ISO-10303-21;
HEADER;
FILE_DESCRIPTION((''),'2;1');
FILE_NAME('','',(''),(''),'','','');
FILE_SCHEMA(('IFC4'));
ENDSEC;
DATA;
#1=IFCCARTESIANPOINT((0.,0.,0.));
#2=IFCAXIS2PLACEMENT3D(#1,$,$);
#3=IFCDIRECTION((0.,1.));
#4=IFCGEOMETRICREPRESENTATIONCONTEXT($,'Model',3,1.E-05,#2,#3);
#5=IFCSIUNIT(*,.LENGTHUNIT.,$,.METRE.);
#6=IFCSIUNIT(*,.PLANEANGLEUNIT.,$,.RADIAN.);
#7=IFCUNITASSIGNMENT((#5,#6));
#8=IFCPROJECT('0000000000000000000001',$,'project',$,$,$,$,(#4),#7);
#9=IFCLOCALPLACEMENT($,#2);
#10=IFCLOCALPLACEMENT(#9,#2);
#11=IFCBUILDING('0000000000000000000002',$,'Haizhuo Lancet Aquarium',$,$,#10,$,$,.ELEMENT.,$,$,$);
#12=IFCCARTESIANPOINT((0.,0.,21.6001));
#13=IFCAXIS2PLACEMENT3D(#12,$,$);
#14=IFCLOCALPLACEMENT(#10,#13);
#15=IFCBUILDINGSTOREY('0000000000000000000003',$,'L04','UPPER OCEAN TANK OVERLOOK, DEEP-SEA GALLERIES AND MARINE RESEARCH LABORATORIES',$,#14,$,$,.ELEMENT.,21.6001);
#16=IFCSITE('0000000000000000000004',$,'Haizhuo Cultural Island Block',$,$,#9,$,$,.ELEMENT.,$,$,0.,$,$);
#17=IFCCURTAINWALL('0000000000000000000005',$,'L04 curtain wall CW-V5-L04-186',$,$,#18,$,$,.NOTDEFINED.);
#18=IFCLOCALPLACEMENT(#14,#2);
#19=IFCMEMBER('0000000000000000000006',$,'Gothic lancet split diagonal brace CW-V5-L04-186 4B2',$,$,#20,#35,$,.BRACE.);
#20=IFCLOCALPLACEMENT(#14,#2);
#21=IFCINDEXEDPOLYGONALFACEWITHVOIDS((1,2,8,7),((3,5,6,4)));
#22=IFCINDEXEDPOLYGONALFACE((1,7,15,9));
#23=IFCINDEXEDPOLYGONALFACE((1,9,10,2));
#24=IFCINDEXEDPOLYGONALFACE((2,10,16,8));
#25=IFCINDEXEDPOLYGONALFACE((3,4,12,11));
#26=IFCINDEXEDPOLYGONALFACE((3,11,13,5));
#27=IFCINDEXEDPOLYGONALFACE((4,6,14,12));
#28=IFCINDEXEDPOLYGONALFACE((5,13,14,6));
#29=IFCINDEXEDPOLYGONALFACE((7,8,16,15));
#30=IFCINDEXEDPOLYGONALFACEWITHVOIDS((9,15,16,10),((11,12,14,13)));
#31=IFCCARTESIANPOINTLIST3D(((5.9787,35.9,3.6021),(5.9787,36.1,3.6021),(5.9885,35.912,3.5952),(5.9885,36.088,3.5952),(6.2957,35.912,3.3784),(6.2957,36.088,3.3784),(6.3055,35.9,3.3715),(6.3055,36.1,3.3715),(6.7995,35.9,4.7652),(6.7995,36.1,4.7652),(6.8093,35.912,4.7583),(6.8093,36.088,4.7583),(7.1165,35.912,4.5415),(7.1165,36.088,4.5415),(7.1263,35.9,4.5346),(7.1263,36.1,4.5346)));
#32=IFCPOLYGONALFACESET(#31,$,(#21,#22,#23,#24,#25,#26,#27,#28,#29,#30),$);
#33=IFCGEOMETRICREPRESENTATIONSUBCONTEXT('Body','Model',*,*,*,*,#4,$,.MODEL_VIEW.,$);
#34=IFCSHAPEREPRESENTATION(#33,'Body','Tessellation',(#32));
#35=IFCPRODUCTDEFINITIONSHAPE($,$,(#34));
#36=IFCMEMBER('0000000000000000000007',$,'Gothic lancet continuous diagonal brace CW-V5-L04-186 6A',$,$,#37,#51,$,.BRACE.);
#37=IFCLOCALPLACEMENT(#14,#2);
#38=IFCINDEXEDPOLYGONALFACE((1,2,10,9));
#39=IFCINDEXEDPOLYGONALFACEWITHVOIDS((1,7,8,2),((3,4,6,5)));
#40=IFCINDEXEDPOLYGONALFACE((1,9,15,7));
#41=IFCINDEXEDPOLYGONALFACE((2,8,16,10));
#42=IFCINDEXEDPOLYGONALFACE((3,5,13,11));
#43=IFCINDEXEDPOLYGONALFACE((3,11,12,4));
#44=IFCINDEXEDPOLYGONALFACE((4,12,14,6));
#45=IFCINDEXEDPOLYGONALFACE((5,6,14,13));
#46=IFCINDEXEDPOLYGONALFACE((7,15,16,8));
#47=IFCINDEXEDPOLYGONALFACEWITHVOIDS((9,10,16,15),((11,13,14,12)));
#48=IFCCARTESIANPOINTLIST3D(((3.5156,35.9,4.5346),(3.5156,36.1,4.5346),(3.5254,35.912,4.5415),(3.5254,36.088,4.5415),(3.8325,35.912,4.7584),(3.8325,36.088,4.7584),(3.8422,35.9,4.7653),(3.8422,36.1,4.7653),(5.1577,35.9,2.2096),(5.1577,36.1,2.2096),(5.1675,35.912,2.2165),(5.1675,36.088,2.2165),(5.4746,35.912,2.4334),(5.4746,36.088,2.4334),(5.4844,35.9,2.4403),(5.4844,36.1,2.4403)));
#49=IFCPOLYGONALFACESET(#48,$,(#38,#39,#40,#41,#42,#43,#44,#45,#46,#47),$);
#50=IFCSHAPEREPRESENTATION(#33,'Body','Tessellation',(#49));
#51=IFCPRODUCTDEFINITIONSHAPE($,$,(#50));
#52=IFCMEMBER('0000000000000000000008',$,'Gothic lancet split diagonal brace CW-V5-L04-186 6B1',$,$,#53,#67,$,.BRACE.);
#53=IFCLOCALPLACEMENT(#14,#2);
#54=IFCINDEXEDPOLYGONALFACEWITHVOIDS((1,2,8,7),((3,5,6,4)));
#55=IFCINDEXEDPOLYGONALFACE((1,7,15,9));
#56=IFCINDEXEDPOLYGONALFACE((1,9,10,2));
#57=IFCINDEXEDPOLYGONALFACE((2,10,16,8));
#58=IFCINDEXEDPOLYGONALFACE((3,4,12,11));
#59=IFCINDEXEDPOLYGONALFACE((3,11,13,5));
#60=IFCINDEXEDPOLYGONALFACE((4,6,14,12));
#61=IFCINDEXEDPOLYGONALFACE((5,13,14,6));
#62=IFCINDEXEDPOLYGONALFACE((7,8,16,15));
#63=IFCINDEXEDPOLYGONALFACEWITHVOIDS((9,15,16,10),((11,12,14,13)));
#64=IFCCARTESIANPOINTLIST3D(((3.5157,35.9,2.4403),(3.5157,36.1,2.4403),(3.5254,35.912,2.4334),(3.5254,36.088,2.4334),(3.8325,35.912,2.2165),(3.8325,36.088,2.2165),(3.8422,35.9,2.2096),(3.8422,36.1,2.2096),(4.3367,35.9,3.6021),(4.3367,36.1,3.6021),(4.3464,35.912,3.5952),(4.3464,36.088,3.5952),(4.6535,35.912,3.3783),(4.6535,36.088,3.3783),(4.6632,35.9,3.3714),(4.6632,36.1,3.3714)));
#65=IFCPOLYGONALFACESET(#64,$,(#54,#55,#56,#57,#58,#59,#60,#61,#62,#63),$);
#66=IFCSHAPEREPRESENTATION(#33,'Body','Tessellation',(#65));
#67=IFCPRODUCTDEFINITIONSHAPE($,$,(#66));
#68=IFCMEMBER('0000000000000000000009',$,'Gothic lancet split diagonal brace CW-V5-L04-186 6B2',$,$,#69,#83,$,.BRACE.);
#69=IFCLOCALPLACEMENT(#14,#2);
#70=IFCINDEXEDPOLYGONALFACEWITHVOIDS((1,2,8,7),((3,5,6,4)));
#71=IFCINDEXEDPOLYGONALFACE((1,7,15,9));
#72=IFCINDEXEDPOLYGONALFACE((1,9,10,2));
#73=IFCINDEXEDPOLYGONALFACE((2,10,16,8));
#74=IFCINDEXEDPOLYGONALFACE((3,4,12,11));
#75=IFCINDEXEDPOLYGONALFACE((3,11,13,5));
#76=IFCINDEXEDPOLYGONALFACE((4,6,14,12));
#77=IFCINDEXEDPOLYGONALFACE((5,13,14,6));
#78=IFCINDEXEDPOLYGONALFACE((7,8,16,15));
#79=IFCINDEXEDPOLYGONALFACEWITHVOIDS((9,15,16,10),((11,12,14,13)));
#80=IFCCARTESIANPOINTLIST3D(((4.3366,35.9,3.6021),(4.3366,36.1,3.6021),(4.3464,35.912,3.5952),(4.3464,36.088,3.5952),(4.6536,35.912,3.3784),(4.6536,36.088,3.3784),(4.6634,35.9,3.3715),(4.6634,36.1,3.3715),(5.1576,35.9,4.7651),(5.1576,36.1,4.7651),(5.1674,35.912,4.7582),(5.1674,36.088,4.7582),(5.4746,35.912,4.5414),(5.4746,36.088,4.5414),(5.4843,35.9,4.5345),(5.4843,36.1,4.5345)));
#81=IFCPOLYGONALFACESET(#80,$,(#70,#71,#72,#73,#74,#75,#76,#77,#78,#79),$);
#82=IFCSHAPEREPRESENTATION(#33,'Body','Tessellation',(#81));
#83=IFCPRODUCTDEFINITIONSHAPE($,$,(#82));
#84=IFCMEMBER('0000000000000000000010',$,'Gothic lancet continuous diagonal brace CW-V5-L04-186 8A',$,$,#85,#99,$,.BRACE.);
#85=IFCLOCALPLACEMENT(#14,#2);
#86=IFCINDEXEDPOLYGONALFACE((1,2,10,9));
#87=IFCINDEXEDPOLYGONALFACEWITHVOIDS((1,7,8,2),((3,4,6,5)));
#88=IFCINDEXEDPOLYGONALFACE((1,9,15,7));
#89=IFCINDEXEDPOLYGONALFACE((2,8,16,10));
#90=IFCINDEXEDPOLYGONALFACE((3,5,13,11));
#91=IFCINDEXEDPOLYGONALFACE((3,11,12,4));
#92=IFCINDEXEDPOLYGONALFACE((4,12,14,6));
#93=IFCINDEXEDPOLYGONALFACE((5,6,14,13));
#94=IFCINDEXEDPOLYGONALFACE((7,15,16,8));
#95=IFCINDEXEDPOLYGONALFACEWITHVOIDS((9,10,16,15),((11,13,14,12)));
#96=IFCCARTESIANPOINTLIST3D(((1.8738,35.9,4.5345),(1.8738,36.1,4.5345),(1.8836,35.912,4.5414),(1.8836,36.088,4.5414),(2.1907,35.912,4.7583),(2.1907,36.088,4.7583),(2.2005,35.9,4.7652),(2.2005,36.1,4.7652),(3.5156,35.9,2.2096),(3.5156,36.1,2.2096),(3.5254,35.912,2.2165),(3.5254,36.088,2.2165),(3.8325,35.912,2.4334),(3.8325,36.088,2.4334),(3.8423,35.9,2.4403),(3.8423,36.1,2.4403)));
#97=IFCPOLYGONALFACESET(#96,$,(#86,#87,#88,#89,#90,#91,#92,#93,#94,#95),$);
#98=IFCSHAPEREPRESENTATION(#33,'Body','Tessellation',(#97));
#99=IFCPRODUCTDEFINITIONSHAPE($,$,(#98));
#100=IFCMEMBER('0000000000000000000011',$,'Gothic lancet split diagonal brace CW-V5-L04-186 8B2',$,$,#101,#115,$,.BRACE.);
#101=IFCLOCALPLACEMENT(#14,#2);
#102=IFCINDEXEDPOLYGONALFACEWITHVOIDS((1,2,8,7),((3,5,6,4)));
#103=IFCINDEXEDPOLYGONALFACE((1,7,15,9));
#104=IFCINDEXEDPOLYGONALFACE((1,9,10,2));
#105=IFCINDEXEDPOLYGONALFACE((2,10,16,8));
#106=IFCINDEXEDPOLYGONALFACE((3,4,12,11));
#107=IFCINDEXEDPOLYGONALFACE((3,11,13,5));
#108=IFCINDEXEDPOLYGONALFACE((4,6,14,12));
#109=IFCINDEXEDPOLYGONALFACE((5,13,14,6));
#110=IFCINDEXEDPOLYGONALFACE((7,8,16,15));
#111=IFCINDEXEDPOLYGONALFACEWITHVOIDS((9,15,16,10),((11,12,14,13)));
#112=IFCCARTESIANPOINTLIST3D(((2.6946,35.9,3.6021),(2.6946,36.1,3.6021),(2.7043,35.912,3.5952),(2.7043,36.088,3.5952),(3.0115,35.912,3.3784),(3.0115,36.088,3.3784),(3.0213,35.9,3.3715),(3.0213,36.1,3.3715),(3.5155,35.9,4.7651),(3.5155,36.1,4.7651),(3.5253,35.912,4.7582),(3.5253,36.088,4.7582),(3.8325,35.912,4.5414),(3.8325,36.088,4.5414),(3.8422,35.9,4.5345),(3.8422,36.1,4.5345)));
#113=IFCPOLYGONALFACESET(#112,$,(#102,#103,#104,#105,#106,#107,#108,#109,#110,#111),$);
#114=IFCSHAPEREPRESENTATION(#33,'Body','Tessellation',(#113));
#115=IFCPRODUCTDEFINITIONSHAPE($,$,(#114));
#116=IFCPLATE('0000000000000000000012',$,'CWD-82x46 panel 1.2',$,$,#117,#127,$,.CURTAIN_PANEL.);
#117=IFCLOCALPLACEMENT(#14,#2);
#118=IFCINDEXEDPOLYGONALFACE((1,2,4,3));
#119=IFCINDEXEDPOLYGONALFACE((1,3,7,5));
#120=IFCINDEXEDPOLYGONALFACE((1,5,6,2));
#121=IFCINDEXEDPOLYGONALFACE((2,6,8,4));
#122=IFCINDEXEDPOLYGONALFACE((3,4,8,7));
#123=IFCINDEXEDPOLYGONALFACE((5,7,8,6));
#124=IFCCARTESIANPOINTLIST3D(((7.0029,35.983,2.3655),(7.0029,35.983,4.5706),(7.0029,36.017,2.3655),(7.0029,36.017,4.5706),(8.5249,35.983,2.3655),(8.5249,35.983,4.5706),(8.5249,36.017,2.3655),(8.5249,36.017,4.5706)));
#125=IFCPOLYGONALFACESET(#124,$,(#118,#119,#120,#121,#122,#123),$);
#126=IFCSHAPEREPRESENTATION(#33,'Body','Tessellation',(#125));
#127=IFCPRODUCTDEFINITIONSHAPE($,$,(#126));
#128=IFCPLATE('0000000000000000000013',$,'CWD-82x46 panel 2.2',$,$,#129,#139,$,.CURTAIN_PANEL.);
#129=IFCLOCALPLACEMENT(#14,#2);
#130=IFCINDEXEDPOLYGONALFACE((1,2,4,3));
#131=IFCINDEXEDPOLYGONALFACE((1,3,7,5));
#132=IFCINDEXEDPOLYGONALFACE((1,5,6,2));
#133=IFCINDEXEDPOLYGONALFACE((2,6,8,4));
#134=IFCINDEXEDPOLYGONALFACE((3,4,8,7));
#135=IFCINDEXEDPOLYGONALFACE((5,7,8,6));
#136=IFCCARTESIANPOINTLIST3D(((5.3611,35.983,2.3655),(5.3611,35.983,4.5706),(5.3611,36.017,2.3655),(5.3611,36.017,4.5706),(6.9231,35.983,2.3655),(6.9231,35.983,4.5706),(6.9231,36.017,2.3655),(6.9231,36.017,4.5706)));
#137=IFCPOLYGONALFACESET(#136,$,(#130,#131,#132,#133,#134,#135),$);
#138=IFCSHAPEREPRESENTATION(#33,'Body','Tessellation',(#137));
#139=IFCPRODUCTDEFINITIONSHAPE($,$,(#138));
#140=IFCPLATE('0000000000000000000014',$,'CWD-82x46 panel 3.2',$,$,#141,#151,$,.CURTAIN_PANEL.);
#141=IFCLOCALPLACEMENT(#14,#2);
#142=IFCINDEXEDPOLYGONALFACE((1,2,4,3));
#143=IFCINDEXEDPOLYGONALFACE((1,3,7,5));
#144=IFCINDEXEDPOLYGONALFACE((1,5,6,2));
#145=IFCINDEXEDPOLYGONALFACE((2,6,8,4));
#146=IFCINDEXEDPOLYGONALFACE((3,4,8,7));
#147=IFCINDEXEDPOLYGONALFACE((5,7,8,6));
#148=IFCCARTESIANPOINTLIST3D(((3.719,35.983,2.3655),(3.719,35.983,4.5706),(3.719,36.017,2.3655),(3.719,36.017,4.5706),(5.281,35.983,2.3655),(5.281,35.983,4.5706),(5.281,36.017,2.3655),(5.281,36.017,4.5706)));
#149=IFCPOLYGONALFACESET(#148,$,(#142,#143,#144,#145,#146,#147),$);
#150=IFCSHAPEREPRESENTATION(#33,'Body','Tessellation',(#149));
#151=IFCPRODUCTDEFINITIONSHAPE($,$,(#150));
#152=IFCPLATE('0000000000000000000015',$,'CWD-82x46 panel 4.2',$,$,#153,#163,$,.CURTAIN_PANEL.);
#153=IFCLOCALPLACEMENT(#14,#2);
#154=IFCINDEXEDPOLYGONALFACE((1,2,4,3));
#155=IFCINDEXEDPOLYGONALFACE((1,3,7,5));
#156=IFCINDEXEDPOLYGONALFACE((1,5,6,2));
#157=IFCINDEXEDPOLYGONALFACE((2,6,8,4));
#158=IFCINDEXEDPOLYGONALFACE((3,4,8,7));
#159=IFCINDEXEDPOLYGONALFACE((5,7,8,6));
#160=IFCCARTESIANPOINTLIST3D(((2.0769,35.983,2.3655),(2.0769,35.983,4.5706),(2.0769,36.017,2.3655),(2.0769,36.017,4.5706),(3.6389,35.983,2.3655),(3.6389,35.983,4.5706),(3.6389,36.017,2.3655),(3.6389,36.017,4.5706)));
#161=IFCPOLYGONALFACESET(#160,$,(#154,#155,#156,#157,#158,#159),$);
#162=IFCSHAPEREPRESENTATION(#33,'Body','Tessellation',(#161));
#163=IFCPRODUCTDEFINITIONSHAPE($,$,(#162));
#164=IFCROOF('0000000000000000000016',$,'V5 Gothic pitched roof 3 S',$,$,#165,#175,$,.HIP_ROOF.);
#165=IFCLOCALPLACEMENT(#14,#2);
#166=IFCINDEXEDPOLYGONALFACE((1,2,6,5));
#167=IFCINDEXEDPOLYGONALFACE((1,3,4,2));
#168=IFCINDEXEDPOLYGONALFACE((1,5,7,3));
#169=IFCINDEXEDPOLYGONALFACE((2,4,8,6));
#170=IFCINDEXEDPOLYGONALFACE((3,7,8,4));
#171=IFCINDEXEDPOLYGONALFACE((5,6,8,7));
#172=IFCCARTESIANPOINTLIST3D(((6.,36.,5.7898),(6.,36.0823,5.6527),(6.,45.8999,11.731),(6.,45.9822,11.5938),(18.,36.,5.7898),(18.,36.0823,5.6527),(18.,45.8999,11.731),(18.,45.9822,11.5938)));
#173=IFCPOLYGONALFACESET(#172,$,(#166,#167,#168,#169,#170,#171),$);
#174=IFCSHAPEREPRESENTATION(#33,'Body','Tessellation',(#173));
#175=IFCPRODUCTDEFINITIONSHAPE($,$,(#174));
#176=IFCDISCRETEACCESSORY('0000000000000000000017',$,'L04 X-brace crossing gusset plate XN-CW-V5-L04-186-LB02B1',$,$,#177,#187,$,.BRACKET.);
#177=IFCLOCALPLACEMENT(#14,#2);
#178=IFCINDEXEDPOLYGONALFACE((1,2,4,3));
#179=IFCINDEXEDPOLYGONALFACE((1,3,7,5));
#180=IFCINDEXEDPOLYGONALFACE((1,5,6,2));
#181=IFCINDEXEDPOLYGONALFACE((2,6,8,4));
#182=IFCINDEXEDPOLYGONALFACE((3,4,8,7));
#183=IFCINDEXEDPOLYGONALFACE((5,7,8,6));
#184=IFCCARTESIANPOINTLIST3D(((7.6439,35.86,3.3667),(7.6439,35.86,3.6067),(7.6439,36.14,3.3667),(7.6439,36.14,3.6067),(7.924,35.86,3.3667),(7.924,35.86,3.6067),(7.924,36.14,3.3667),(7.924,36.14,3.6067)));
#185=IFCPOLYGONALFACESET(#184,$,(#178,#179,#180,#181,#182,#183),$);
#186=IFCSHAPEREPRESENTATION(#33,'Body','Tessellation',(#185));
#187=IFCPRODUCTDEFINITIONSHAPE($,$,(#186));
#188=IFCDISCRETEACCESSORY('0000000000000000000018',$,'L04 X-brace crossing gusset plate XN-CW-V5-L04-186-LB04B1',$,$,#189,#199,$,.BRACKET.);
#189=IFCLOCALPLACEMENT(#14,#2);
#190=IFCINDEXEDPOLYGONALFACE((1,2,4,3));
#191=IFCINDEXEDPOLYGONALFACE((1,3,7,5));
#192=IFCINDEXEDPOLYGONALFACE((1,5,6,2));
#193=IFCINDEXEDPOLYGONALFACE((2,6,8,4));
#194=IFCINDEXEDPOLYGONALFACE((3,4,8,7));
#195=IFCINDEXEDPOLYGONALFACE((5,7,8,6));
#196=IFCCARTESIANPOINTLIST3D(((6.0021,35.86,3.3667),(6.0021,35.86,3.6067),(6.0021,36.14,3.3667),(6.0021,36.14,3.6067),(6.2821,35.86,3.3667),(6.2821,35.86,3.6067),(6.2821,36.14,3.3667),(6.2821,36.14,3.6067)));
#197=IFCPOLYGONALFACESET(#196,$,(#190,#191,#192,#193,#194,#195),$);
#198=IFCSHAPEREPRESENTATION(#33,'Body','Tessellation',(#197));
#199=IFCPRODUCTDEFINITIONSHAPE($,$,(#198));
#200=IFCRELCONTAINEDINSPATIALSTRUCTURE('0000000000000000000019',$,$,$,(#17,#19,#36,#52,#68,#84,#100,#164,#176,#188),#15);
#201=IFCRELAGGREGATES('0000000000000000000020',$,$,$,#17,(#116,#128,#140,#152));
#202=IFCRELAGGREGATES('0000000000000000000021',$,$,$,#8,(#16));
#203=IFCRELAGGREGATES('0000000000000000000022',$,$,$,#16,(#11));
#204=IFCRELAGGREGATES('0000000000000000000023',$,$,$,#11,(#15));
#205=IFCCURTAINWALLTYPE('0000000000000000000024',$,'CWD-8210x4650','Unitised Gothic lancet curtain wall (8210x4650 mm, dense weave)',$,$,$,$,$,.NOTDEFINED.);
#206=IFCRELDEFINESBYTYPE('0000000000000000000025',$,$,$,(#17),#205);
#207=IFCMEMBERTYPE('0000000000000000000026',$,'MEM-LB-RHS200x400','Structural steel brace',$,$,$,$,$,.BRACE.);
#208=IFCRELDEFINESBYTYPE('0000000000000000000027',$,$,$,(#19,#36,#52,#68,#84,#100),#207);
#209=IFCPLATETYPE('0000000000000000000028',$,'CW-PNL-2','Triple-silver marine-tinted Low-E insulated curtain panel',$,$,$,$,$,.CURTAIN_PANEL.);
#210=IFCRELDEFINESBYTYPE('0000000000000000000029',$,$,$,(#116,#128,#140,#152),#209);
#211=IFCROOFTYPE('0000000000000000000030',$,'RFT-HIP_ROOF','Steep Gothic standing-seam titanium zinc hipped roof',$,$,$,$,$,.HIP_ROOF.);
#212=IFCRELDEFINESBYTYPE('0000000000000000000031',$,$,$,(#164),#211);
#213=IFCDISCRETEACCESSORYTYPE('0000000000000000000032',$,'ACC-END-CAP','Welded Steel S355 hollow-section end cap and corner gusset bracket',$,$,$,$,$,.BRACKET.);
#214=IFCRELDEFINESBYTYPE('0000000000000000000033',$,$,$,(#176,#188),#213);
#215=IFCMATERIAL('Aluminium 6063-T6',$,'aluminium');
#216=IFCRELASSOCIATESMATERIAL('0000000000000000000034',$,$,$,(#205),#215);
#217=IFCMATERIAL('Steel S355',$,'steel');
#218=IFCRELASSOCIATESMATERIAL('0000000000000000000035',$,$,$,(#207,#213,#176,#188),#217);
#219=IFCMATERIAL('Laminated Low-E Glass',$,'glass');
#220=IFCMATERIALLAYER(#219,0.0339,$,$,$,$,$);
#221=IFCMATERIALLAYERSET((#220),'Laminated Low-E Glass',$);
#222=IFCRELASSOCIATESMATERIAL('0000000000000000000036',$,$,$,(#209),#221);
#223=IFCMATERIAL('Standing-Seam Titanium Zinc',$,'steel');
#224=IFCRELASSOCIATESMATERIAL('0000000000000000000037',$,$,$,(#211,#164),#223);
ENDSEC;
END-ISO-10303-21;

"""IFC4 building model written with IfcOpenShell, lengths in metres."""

from ifc_helpers import new_model, si_unit, direction, frame, origin, origin_2d, place, context, subcontext, project, spatial, polyline, rectangle, hollow_rectangle, outline, extrude, material, layer, layer_set, material_profile, profile_set, type_object, element, aggregate, save


model = new_model("IFC4")

# Units and contexts
model_context = context("Model", 3, precision=1e-05, world=origin(), true_north=direction((0.0, 1.0)))
body_context = subcontext(model_context, "Body", "Model", "MODEL_VIEW")
ifc_project = project(units=[si_unit("LENGTHUNIT", "METRE"), si_unit("PLANEANGLEUNIT", "RADIAN")], contexts=[model_context])

# Site, building, storey
site_placement = place(None, origin())
site = spatial("IfcSite", under=ifc_project, at=site_placement, Name="Haizhuo Cultural Island Block", CompositionType="ELEMENT", RefElevation=0.0)
building_placement = place(site_placement, origin())
building = spatial("IfcBuilding", under=site, at=building_placement, Name="Haizhuo Lancet Aquarium", CompositionType="ELEMENT")
storey_placement = place(building_placement, frame((0.0, 0.0, 21.6001)))
storey = spatial("IfcBuildingStorey", under=building, at=storey_placement, Name="L04", Description="UPPER OCEAN TANK OVERLOOK, DEEP-SEA GALLERIES AND MARINE RESEARCH LABORATORIES", CompositionType="ELEMENT", Elevation=21.6001)

# Curtain wall
ifc_material_1 = material(Name="Aluminium 6063-T6", Category="aluminium")
curtain_wall_type = type_object("IfcCurtainWallType", Name="CWD-8210x4650", Description="Unitised Gothic lancet curtain wall (8210x4650 mm, dense weave)", PredefinedType="NOTDEFINED", material=ifc_material_1)
curtain_wall_placement = place(storey_placement, origin())
curtain_wall = element("IfcCurtainWall", 1, at=curtain_wall_placement, inside=storey, type_object=curtain_wall_type, Name="L04 curtain wall CW-V5-L04-186", PredefinedType="NOTDEFINED")

# Members
ifc_material_2 = material(Name="Steel S355", Category="steel")
ifc_material_profile_1 = material_profile(ifc_material_2, hollow_rectangle(XDim=0.2, YDim=0.3999, WallThickness=0.012, at=origin_2d()), Name="RHS 200x400x12")
ifc_profile_set_1 = profile_set([ifc_material_profile_1], Name="Steel S355")
member_type_1 = type_object("IfcMemberType", Name="MEM-LB-RHS200x400", Description="Structural steel brace", PredefinedType="BRACE", material=ifc_profile_set_1)
member_1_placement = place(storey_placement, frame((6.1421, 36.0, 3.4868), z_axis=(0.576589, 0.0, 0.817034), x_axis=(0.0, 1.0, 0.0)))
element("IfcMember", 2, at=member_1_placement, inside=storey, type_object=member_type_1, Name="Gothic lancet split diagonal brace CW-V5-L04-186 4B2", PredefinedType="BRACE", context=body_context, shape_type="SweptSolid", body=[
    extrude(hollow_rectangle(XDim=0.2, YDim=0.3999, WallThickness=0.012, at=origin_2d()), origin(), (0.0, 0.0, 1.0), 1.4236),
])
member_2_placement = place(storey_placement, frame((5.321, 36.0, 2.325), z_axis=(-0.576905, 0.0, 0.816811), x_axis=(0.0, -1.0, 0.0)))
element("IfcMember", 3, at=member_2_placement, inside=storey, type_object=member_type_1, Name="Gothic lancet continuous diagonal brace CW-V5-L04-186 6A", PredefinedType="BRACE", context=body_context, shape_type="SweptSolid", body=[
    extrude(hollow_rectangle(XDim=0.2, YDim=0.3999, WallThickness=0.012, at=origin_2d()), origin(), (0.0, 0.0, 1.0), 2.8464),
])
member_3_placement = place(storey_placement, frame((3.679, 36.0, 2.325), z_axis=(0.577108, 0.0, 0.816668), x_axis=(0.0, 1.0, 0.0)))
element("IfcMember", 4, at=member_3_placement, inside=storey, type_object=member_type_1, Name="Gothic lancet split diagonal brace CW-V5-L04-186 6B1", PredefinedType="BRACE", context=body_context, shape_type="SweptSolid", body=[
    extrude(hollow_rectangle(XDim=0.2, YDim=0.3999, WallThickness=0.012, at=origin_2d()), origin(), (0.0, 0.0, 1.0), 1.4226),
])
member_4_placement = place(storey_placement, frame((4.5, 36.0, 3.4868), z_axis=(0.576703, 0.0, 0.816954), x_axis=(0.0, 1.0, 0.0)))
element("IfcMember", 5, at=member_4_placement, inside=storey, type_object=member_type_1, Name="Gothic lancet split diagonal brace CW-V5-L04-186 6B2", PredefinedType="BRACE", context=body_context, shape_type="SweptSolid", body=[
    extrude(hollow_rectangle(XDim=0.2, YDim=0.3999, WallThickness=0.012, at=origin_2d()), origin(), (0.0, 0.0, 1.0), 1.4236),
])
member_5_placement = place(storey_placement, frame((3.679, 36.0, 2.325), z_axis=(-0.576848, 0.0, 0.816851), x_axis=(0.0, -1.0, 0.0)))
element("IfcMember", 6, at=member_5_placement, inside=storey, type_object=member_type_1, Name="Gothic lancet continuous diagonal brace CW-V5-L04-186 8A", PredefinedType="BRACE", context=body_context, shape_type="SweptSolid", body=[
    extrude(hollow_rectangle(XDim=0.2, YDim=0.3999, WallThickness=0.012, at=origin_2d()), origin(), (0.0, 0.0, 1.0), 2.8462),
])
member_6_placement = place(storey_placement, frame((2.8579, 36.0, 3.4868), z_axis=(0.576703, 0.0, 0.816954), x_axis=(0.0, 1.0, 0.0)))
element("IfcMember", 7, at=member_6_placement, inside=storey, type_object=member_type_1, Name="Gothic lancet split diagonal brace CW-V5-L04-186 8B2", PredefinedType="BRACE", context=body_context, shape_type="SweptSolid", body=[
    extrude(hollow_rectangle(XDim=0.2, YDim=0.3999, WallThickness=0.012, at=origin_2d()), origin(), (0.0, 0.0, 1.0), 1.4236),
])

# Plates
ifc_material_3 = material(Name="Laminated Low-E Glass", Category="glass")
ifc_layer = layer(ifc_material_3, 0.0339)
ifc_layer_set = layer_set([ifc_layer], Name="Laminated Low-E Glass")
plate_type = type_object("IfcPlateType", Name="CW-PNL-2", Description="Triple-silver marine-tinted Low-E insulated curtain panel", PredefinedType="CURTAIN_PANEL", material=ifc_layer_set)
plate_1_placement = place(storey_placement, frame((7.7639, 36.0, 2.3655), z_axis=(0.0, 0.0, 1.0), x_axis=(-1.0, 0.0, 0.0)))
plate_1 = element("IfcPlate", 8, at=plate_1_placement, type_object=plate_type, Name="CWD-82x46 panel 1.2", PredefinedType="CURTAIN_PANEL", context=body_context, shape_type="SweptSolid", body=[
    extrude(rectangle(XDim=1.522, YDim=0.0339, at=origin_2d()), origin(), (0.0, 0.0, 1.0), 2.2051),
])
plate_2_placement = place(storey_placement, frame((6.1421, 36.0, 2.3655), z_axis=(0.0, 0.0, 1.0), x_axis=(-1.0, 0.0, 0.0)))
plate_2 = element("IfcPlate", 9, at=plate_2_placement, type_object=plate_type, Name="CWD-82x46 panel 2.2", PredefinedType="CURTAIN_PANEL", context=body_context, shape_type="SweptSolid", body=[
    extrude(rectangle(XDim=1.562, YDim=0.0339, at=origin_2d()), origin(), (0.0, 0.0, 1.0), 2.2051),
])
plate_3_placement = place(storey_placement, frame((4.5, 36.0, 2.3655), z_axis=(0.0, 0.0, 1.0), x_axis=(-1.0, 0.0, 0.0)))
plate_3 = element("IfcPlate", 10, at=plate_3_placement, type_object=plate_type, Name="CWD-82x46 panel 3.2", PredefinedType="CURTAIN_PANEL", context=body_context, shape_type="SweptSolid", body=[
    extrude(rectangle(XDim=1.562, YDim=0.0339, at=origin_2d()), origin(), (0.0, 0.0, 1.0), 2.2051),
])
plate_4_placement = place(storey_placement, frame((2.8579, 36.0, 2.3655), z_axis=(0.0, 0.0, 1.0), x_axis=(-1.0, 0.0, 0.0)))
plate_4 = element("IfcPlate", 11, at=plate_4_placement, type_object=plate_type, Name="CWD-82x46 panel 4.2", PredefinedType="CURTAIN_PANEL", context=body_context, shape_type="SweptSolid", body=[
    extrude(rectangle(XDim=1.562, YDim=0.0339, at=origin_2d()), origin(), (0.0, 0.0, 1.0), 2.2051),
])
aggregate(curtain_wall, [plate_1, plate_2, plate_3, plate_4])

# Roof
ifc_material_4 = material(Name="Standing-Seam Titanium Zinc", Category="steel")
roof_type = type_object("IfcRoofType", Name="RFT-HIP_ROOF", Description="Steep Gothic standing-seam titanium zinc hipped roof", PredefinedType="HIP_ROOF", material=ifc_material_4)
roof_placement = place(storey_placement, frame((6.0, 36.0, 5.7898), z_axis=(0.0, -0.514573, 0.857446), x_axis=(1.0, 0.0, 0.0)))
element("IfcRoof", 12, at=roof_placement, inside=storey, type_object=roof_type, material=ifc_material_4, Name="V5 Gothic pitched roof 3 S", PredefinedType="HIP_ROOF", context=body_context, shape_type="SweptSolid", body=[
    extrude(outline(polyline([(0.0, 0.0), (12.0, 0.0), (12.0, 11.5458), (0.0, 11.5458), (0.0, 0.0)])), origin(), (0.0, 0.0, -1.0), 0.1599),
])

# Discrete accessories
discrete_accessory_type = type_object("IfcDiscreteAccessoryType", Name="ACC-END-CAP", Description="Welded Steel S355 hollow-section end cap and corner gusset bracket", PredefinedType="BRACKET", material=ifc_material_2)
for number, where, z_axis, x_axis, name in (
    (13, (7.7839, 36.0, 3.3667), (0.0, 0.0, 1.0), (1.0, 0.0, 0.0), "L04 X-brace crossing gusset plate XN-CW-V5-L04-186-LB02B1"),
    (14, (6.1421, 36.0, 3.3667), (0.0, 0.0, 1.0), (1.0, 0.0, 0.0), "L04 X-brace crossing gusset plate XN-CW-V5-L04-186-LB04B1"),
):
    element("IfcDiscreteAccessory", number, at=place(storey_placement, frame(where, z_axis=z_axis, x_axis=x_axis)), inside=storey, type_object=discrete_accessory_type, material=ifc_material_2, Name=name, PredefinedType="BRACKET", context=body_context, shape_type="SweptSolid", body=[
        extrude(rectangle(XDim=0.28, YDim=0.28, at=origin_2d()), origin(), (0.0, 0.0, 1.0), 0.24),
    ])

save(model, "model.ifc")
